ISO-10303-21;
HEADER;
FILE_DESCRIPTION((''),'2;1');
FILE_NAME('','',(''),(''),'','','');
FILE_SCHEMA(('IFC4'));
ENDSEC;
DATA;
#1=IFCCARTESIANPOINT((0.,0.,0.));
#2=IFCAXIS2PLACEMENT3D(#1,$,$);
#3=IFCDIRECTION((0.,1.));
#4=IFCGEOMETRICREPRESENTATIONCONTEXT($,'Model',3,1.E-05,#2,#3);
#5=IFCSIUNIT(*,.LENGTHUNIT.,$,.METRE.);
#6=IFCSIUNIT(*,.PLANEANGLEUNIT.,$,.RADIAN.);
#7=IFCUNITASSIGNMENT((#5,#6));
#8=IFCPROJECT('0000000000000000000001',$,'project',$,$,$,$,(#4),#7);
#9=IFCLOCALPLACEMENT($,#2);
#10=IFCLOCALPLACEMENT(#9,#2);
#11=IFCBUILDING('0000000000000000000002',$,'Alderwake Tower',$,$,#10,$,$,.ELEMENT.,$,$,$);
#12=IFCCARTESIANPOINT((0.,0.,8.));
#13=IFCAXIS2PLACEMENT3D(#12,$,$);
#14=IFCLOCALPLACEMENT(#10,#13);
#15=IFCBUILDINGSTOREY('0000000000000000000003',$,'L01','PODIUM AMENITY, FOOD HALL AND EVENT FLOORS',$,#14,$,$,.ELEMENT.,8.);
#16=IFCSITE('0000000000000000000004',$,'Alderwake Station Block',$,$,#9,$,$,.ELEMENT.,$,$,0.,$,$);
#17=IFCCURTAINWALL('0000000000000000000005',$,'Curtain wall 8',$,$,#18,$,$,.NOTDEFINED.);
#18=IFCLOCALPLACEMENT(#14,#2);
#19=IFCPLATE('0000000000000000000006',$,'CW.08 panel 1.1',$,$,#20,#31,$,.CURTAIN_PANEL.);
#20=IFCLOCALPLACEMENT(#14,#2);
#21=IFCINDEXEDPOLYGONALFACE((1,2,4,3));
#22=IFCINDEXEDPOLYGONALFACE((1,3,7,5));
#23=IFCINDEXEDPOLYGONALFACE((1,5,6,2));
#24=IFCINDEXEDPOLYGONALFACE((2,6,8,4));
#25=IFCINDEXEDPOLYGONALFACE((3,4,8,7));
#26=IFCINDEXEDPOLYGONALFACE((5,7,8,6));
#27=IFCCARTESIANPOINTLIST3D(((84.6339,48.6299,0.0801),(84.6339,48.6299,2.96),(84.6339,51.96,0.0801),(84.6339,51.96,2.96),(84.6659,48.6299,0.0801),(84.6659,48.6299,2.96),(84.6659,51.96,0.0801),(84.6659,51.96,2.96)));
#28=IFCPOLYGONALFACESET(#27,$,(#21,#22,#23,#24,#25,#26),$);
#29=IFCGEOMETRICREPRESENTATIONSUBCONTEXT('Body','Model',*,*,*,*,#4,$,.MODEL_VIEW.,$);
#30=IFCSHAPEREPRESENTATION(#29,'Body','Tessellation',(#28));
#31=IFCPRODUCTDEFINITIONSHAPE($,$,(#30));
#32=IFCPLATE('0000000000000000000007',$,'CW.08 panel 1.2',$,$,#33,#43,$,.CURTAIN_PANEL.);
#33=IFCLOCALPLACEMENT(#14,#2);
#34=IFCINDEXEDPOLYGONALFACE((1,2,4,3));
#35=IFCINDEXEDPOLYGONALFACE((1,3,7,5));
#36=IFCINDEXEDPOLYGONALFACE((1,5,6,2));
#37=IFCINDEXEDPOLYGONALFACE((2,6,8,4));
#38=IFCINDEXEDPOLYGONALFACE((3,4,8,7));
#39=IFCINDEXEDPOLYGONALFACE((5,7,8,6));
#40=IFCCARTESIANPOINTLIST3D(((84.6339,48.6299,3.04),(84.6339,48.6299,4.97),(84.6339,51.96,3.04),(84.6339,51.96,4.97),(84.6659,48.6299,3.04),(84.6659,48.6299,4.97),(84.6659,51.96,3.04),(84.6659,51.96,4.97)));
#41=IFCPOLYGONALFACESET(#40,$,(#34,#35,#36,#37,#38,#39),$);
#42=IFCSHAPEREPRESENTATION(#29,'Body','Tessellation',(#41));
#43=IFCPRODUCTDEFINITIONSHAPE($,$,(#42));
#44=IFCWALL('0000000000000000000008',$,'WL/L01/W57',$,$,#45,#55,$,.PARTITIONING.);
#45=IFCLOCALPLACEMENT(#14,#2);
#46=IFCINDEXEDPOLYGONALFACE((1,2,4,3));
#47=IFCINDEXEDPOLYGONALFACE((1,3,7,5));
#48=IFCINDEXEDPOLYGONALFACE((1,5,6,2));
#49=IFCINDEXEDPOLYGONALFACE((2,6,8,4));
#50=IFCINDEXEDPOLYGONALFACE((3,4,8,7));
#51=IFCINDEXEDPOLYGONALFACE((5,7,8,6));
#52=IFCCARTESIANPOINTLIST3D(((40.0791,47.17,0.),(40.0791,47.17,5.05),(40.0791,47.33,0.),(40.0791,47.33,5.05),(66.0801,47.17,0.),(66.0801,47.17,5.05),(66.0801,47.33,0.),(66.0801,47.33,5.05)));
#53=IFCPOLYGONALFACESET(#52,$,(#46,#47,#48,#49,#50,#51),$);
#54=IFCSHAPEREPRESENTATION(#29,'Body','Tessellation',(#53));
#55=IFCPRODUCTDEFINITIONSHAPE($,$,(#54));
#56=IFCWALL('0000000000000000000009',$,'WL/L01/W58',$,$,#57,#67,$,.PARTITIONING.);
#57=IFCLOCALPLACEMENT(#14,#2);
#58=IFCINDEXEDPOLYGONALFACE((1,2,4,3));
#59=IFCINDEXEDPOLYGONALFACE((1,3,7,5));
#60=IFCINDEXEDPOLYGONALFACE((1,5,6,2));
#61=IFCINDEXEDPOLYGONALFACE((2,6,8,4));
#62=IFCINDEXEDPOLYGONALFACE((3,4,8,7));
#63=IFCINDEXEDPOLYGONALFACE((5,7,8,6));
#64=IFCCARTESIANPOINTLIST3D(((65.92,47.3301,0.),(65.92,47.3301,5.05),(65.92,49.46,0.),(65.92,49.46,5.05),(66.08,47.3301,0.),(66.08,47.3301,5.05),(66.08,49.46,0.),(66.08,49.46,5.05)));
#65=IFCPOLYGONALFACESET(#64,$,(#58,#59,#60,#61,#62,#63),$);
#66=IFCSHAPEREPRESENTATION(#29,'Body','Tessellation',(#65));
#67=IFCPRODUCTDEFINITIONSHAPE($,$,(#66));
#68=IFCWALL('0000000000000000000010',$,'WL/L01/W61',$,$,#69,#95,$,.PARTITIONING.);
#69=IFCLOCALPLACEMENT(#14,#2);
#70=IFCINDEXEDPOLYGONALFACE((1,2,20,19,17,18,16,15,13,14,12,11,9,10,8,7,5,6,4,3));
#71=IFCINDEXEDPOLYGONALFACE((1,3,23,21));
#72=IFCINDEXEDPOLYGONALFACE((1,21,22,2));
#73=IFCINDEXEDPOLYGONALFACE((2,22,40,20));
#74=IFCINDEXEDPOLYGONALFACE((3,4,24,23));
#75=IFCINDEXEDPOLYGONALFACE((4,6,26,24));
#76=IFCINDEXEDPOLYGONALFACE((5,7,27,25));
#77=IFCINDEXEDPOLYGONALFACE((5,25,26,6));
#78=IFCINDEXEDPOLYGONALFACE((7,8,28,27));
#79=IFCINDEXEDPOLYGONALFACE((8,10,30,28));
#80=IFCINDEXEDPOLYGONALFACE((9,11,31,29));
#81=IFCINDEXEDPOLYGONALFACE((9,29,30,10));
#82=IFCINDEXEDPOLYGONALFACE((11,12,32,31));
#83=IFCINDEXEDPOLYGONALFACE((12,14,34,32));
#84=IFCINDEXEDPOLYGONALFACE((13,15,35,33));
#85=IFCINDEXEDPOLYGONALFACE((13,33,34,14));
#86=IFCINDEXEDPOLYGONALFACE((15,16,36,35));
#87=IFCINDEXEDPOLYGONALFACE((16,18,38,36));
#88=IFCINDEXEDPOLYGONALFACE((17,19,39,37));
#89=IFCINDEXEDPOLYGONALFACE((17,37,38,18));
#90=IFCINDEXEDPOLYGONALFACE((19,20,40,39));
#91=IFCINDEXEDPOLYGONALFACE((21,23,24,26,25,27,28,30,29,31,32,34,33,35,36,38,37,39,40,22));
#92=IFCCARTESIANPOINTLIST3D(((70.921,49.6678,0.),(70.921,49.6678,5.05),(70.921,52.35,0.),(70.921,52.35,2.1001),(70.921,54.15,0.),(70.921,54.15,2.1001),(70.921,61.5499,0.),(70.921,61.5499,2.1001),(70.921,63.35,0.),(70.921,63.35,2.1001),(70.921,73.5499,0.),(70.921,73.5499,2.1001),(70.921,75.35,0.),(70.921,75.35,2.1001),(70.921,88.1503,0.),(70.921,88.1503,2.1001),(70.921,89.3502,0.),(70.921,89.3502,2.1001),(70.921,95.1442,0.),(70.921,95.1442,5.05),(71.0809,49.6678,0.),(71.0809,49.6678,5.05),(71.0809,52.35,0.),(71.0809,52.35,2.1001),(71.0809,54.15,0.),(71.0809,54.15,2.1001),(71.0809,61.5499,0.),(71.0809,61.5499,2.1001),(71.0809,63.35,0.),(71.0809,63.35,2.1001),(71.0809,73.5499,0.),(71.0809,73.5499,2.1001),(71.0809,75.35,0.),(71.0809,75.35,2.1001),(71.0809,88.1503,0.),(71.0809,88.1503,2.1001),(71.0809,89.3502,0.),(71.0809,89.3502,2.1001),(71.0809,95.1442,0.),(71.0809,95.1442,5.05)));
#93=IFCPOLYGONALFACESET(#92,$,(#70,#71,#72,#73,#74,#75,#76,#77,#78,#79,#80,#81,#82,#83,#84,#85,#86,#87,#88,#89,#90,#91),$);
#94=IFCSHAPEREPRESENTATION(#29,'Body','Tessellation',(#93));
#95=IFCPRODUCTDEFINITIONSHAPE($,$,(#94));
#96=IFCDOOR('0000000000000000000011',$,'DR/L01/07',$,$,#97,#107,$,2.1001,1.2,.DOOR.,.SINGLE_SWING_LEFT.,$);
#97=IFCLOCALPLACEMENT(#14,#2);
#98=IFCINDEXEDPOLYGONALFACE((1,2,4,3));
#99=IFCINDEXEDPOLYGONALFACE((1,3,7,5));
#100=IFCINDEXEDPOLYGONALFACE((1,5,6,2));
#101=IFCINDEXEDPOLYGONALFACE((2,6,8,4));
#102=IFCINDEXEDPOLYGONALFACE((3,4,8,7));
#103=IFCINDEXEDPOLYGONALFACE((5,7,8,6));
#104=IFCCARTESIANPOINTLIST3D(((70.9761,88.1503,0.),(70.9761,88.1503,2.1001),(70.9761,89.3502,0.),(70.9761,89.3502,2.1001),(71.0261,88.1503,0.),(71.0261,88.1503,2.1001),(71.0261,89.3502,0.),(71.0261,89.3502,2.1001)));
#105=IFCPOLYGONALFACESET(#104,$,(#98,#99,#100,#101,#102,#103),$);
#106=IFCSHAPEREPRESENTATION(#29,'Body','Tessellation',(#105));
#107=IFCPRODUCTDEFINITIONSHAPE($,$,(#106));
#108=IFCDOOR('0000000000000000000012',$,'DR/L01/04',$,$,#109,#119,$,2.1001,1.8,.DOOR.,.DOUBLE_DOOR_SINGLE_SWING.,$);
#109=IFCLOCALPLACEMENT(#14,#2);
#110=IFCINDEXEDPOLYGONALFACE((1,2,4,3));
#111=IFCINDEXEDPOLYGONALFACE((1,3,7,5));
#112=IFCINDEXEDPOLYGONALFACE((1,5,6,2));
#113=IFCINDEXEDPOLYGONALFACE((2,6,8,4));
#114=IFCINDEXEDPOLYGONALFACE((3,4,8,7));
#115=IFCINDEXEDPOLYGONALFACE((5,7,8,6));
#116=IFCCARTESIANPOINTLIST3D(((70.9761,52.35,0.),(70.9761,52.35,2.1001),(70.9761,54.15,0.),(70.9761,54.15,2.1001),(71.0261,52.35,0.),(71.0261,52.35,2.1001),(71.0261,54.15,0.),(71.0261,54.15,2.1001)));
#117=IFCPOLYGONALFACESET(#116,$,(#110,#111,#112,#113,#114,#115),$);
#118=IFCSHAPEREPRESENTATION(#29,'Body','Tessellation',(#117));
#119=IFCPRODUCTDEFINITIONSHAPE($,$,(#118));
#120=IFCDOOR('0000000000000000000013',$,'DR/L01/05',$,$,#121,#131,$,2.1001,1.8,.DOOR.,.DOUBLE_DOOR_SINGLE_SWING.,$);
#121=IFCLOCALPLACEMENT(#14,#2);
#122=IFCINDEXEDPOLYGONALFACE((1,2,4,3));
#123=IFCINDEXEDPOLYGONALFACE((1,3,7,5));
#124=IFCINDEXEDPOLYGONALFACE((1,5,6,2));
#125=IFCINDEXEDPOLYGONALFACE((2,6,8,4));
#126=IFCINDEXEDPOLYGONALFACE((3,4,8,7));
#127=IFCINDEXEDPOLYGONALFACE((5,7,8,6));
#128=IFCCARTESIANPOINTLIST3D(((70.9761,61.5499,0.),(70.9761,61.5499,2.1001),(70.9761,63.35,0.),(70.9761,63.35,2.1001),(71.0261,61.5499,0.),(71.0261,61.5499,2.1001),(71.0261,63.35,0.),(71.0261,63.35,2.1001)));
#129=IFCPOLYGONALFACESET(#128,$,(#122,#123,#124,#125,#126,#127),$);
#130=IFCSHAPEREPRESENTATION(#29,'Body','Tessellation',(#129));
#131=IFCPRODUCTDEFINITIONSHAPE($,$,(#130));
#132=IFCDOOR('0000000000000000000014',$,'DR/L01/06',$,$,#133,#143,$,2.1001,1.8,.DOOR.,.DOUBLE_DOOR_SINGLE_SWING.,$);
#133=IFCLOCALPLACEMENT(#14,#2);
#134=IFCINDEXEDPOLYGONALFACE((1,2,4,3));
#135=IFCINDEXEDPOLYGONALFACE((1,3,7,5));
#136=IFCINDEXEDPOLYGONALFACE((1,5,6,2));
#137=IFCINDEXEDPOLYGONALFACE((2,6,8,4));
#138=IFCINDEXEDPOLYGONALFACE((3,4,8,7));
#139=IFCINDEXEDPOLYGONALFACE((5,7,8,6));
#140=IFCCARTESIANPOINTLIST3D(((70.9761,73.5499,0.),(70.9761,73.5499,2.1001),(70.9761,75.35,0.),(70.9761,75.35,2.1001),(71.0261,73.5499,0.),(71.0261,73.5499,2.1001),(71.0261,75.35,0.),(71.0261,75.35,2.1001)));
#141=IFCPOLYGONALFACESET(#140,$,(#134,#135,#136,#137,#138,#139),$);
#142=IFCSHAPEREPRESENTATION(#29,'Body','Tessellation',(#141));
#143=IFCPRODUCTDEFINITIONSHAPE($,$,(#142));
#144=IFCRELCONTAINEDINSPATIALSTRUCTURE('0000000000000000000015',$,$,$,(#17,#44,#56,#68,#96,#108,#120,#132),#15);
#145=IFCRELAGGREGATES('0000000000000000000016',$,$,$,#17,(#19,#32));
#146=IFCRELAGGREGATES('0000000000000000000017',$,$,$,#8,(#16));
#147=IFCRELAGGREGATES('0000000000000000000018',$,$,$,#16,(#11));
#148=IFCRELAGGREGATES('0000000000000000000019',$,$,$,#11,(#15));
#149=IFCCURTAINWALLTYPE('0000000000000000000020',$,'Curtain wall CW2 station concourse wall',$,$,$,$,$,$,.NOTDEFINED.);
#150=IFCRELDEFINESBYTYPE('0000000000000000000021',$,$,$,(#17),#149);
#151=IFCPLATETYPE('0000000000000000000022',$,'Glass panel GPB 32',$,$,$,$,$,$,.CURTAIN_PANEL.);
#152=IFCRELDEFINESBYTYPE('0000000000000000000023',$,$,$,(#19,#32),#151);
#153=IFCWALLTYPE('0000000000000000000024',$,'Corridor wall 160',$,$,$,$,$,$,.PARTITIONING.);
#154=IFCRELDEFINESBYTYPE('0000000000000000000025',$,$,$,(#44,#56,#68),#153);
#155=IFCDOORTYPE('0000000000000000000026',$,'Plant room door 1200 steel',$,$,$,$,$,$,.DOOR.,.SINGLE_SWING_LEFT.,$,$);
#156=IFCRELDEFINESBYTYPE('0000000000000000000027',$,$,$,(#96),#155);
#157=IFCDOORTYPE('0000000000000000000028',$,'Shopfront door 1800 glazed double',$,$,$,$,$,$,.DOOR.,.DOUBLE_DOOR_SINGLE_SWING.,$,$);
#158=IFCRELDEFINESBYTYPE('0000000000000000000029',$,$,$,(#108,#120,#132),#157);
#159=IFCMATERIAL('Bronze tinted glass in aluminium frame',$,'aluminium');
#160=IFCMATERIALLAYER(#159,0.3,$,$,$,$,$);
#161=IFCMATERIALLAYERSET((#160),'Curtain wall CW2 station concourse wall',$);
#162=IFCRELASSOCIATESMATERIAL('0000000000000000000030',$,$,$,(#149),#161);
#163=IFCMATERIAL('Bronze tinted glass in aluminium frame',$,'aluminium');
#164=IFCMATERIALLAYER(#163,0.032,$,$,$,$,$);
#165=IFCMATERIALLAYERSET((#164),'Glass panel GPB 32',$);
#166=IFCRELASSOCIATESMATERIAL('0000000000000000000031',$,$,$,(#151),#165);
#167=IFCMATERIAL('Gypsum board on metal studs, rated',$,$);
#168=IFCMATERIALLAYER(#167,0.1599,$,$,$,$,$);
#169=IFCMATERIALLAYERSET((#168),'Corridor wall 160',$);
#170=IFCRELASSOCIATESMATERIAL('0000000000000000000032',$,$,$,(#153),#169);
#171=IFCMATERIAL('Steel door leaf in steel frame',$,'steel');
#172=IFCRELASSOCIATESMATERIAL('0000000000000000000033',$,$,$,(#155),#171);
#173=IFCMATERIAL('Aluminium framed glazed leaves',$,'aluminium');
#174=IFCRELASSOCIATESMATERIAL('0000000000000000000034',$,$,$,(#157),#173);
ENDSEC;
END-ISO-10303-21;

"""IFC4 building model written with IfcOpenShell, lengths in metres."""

from ifc_helpers import new_model, si_unit, direction, frame, frame_2d, origin, origin_2d, place, context, subcontext, project, spatial, rectangle, extrude, material, layer, layer_set, type_object, element, fill, aggregate, save


model = new_model("IFC4")

# Units and contexts
model_context = context("Model", 3, precision=1e-05, world=origin(), true_north=direction((0.0, 1.0)))
body_context = subcontext(model_context, "Body", "Model", "MODEL_VIEW")
ifc_project = project(units=[si_unit("LENGTHUNIT", "METRE"), si_unit("PLANEANGLEUNIT", "RADIAN")], contexts=[model_context])

# Site, building, storey
site_placement = place(None, origin())
site = spatial("IfcSite", under=ifc_project, at=site_placement, Name="Alderwake Station Block", CompositionType="ELEMENT", RefElevation=0.0)
building_placement = place(site_placement, origin())
building = spatial("IfcBuilding", under=site, at=building_placement, Name="Alderwake Tower", CompositionType="ELEMENT")
storey_placement = place(building_placement, frame((0.0, 0.0, 8.0)))
storey = spatial("IfcBuildingStorey", under=building, at=storey_placement, Name="L01", Description="PODIUM AMENITY, FOOD HALL AND EVENT FLOORS", CompositionType="ELEMENT", Elevation=8.0)

# Shared definitions
ifc_material_1 = material(Name="Bronze tinted glass in aluminium frame", Category="aluminium")
ifc_layer_1 = layer(ifc_material_1, 0.3)
ifc_layer_set_1 = layer_set([ifc_layer_1], Name="Curtain wall CW2 station concourse wall")
curtain_wall_type = type_object("IfcCurtainWallType", Name="Curtain wall CW2 station concourse wall", PredefinedType="NOTDEFINED", material=ifc_layer_set_1)

# Curtain wall
curtain_wall_1_placement = place(storey_placement, origin())
curtain_wall_1 = element("IfcCurtainWall", 1, at=curtain_wall_1_placement, inside=storey, type_object=curtain_wall_type, Name="Curtain wall 8", PredefinedType="NOTDEFINED")

# Plates
ifc_material_2 = material(Name="Bronze tinted glass in aluminium frame", Category="aluminium")
ifc_layer_2 = layer(ifc_material_2, 0.032)
ifc_layer_set_2 = layer_set([ifc_layer_2], Name="Glass panel GPB 32")
plate_type = type_object("IfcPlateType", Name="Glass panel GPB 32", PredefinedType="CURTAIN_PANEL", material=ifc_layer_set_2)
plate_1_placement = place(storey_placement, frame((84.6499, 50.2949, 0.0801), z_axis=(0.0, 0.0, 1.0), x_axis=(0.0, 1.0, 0.0)))
plate_1 = element("IfcPlate", 2, at=plate_1_placement, type_object=plate_type, Name="CW.08 panel 1.1", PredefinedType="CURTAIN_PANEL", context=body_context, shape_type="SweptSolid", body=[
    extrude(rectangle(XDim=3.3301, YDim=0.032, at=origin_2d()), origin(), (0.0, 0.0, 1.0), 2.8799),
])
plate_2_placement = place(storey_placement, frame((84.6499, 50.2949, 3.04), z_axis=(0.0, 0.0, 1.0), x_axis=(0.0, 1.0, 0.0)))
plate_2 = element("IfcPlate", 3, at=plate_2_placement, type_object=plate_type, Name="CW.08 panel 1.2", PredefinedType="CURTAIN_PANEL", context=body_context, shape_type="SweptSolid", body=[
    extrude(rectangle(XDim=3.3301, YDim=0.032, at=origin_2d()), origin(), (0.0, 0.0, 1.0), 1.9299),
])
aggregate(curtain_wall_1, [plate_1, plate_2])

# Walls
ifc_material_3 = material(Name="Gypsum board on metal studs, rated")
ifc_layer_3 = layer(ifc_material_3, 0.1599)
ifc_layer_set_3 = layer_set([ifc_layer_3], Name="Corridor wall 160")
wall_type = type_object("IfcWallType", Name="Corridor wall 160", PredefinedType="PARTITIONING", material=ifc_layer_set_3)
wall_1_placement = place(storey_placement, frame((66.0801, 47.25, 0.0), z_axis=(0.0, 0.0, 1.0), x_axis=(-1.0, 0.0, 0.0)))
element("IfcWall", 4, at=wall_1_placement, inside=storey, type_object=wall_type, Name="WL/L01/W57", PredefinedType="PARTITIONING", context=body_context, shape_type="SweptSolid", body=[
    extrude(rectangle(XDim=26.001, YDim=0.1599, at=frame_2d((13.0005, 0.0))), origin(), (0.0, 0.0, 1.0), 5.05),
])
wall_2_placement = place(storey_placement, frame((66.0, 49.46, 0.0), z_axis=(0.0, 0.0, 1.0), x_axis=(0.0, -1.0, 0.0)))
element("IfcWall", 5, at=wall_2_placement, inside=storey, type_object=wall_type, Name="WL/L01/W58", PredefinedType="PARTITIONING", context=body_context, shape_type="SweptSolid", body=[
    extrude(rectangle(XDim=2.1299, YDim=0.1599, at=frame_2d((1.0649, 0.0))), origin(), (0.0, 0.0, 1.0), 5.05),
])

# Wall, openings, doors
wall_3_placement = place(storey_placement, frame((71.001, 49.6677, 0.0), z_axis=(0.0, 0.0, 1.0), x_axis=(0.0, 1.0, 0.0)))
wall_3 = element("IfcWall", 6, at=wall_3_placement, inside=storey, type_object=wall_type, Name="WL/L01/W61", PredefinedType="PARTITIONING", context=body_context, shape_type="SweptSolid", body=[
    extrude(rectangle(XDim=45.4763, YDim=0.1599, at=frame_2d((22.7383, 0.0))), origin(), (0.0, 0.0, 1.0), 5.05),
])
opening_1_placement = place(wall_3_placement, frame((2.6824, 0.0, 0.0)))
opening_1 = element("IfcOpeningElement", 7, at=opening_1_placement, cuts=wall_3, PredefinedType="OPENING", context=body_context, shape_type="SweptSolid", body=[
    extrude(rectangle(XDim=1.8, YDim=2.1001, at=frame_2d((0.8999, 1.05))), frame((0.0, 0.0898, 0.0), z_axis=(0.0, -1.0, 0.0), x_axis=(1.0, 0.0, 0.0)), (0.0, 0.0, 1.0), 0.1799),
])
opening_2_placement = place(wall_3_placement, frame((11.8823, 0.0, 0.0)))
opening_2 = element("IfcOpeningElement", 8, at=opening_2_placement, cuts=wall_3, PredefinedType="OPENING", context=body_context, shape_type="SweptSolid", body=[
    extrude(rectangle(XDim=1.8, YDim=2.1001, at=frame_2d((0.8999, 1.05))), frame((0.0, 0.0898, 0.0), z_axis=(0.0, -1.0, 0.0), x_axis=(1.0, 0.0, 0.0)), (0.0, 0.0, 1.0), 0.1799),
])
opening_3_placement = place(wall_3_placement, frame((23.8823, 0.0, 0.0)))
opening_3 = element("IfcOpeningElement", 9, at=opening_3_placement, cuts=wall_3, PredefinedType="OPENING", context=body_context, shape_type="SweptSolid", body=[
    extrude(rectangle(XDim=1.8, YDim=2.1001, at=frame_2d((0.8999, 1.05))), frame((0.0, 0.0898, 0.0), z_axis=(0.0, -1.0, 0.0), x_axis=(1.0, 0.0, 0.0)), (0.0, 0.0, 1.0), 0.1799),
])
opening_4_placement = place(wall_3_placement, frame((38.4824, 0.0, 0.0)))
opening_4 = element("IfcOpeningElement", 10, at=opening_4_placement, cuts=wall_3, PredefinedType="OPENING", context=body_context, shape_type="SweptSolid", body=[
    extrude(rectangle(XDim=1.2, YDim=2.1001, at=frame_2d((0.6001, 1.05))), frame((0.0, 0.0898, 0.0), z_axis=(0.0, -1.0, 0.0), x_axis=(1.0, 0.0, 0.0)), (0.0, 0.0, 1.0), 0.1799),
])
ifc_material_4 = material(Name="Steel door leaf in steel frame", Category="steel")
door_type_1 = type_object("IfcDoorType", Name="Plant room door 1200 steel", OperationType="SINGLE_SWING_LEFT", PredefinedType="DOOR", material=ifc_material_4)
door_1_placement = place(opening_4_placement, origin())
door_1 = element("IfcDoor", 11, at=door_1_placement, inside=storey, type_object=door_type_1, Name="DR/L01/07", OperationType="SINGLE_SWING_LEFT", OverallHeight=2.1001, OverallWidth=1.2, PredefinedType="DOOR", context=body_context, shape_type="SweptSolid", body=[
    extrude(rectangle(XDim=1.2, YDim=2.1001, at=frame_2d((0.6001, 1.05))), frame((0.0, 0.0249, 0.0), z_axis=(0.0, -1.0, 0.0), x_axis=(1.0, 0.0, 0.0)), (0.0, 0.0, 1.0), 0.05),
])
fill(opening_4, door_1)
ifc_material_5 = material(Name="Aluminium framed glazed leaves", Category="aluminium")
door_type_2 = type_object("IfcDoorType", Name="Shopfront door 1800 glazed double", OperationType="DOUBLE_DOOR_SINGLE_SWING", PredefinedType="DOOR", material=ifc_material_5)
door_2_placement = place(opening_1_placement, origin())
door_2 = element("IfcDoor", 12, at=door_2_placement, inside=storey, type_object=door_type_2, Name="DR/L01/04", OperationType="DOUBLE_DOOR_SINGLE_SWING", OverallHeight=2.1001, OverallWidth=1.8, PredefinedType="DOOR", context=body_context, shape_type="SweptSolid", body=[
    extrude(rectangle(XDim=1.8, YDim=2.1001, at=frame_2d((0.8999, 1.05))), frame((0.0, 0.0249, 0.0), z_axis=(0.0, -1.0, 0.0), x_axis=(1.0, 0.0, 0.0)), (0.0, 0.0, 1.0), 0.05),
])
fill(opening_1, door_2)
door_3_placement = place(opening_2_placement, origin())
door_3 = element("IfcDoor", 13, at=door_3_placement, inside=storey, type_object=door_type_2, Name="DR/L01/05", OperationType="DOUBLE_DOOR_SINGLE_SWING", OverallHeight=2.1001, OverallWidth=1.8, PredefinedType="DOOR", context=body_context, shape_type="SweptSolid", body=[
    extrude(rectangle(XDim=1.8, YDim=2.1001, at=frame_2d((0.8999, 1.05))), frame((0.0, 0.0249, 0.0), z_axis=(0.0, -1.0, 0.0), x_axis=(1.0, 0.0, 0.0)), (0.0, 0.0, 1.0), 0.05),
])
fill(opening_2, door_3)
door_4_placement = place(opening_3_placement, origin())
door_4 = element("IfcDoor", 14, at=door_4_placement, inside=storey, type_object=door_type_2, Name="DR/L01/06", OperationType="DOUBLE_DOOR_SINGLE_SWING", OverallHeight=2.1001, OverallWidth=1.8, PredefinedType="DOOR", context=body_context, shape_type="SweptSolid", body=[
    extrude(rectangle(XDim=1.8, YDim=2.1001, at=frame_2d((0.8999, 1.05))), frame((0.0, 0.0249, 0.0), z_axis=(0.0, -1.0, 0.0), x_axis=(1.0, 0.0, 0.0)), (0.0, 0.0, 1.0), 0.05),
])
fill(opening_3, door_4)

save(model, "model.ifc")
